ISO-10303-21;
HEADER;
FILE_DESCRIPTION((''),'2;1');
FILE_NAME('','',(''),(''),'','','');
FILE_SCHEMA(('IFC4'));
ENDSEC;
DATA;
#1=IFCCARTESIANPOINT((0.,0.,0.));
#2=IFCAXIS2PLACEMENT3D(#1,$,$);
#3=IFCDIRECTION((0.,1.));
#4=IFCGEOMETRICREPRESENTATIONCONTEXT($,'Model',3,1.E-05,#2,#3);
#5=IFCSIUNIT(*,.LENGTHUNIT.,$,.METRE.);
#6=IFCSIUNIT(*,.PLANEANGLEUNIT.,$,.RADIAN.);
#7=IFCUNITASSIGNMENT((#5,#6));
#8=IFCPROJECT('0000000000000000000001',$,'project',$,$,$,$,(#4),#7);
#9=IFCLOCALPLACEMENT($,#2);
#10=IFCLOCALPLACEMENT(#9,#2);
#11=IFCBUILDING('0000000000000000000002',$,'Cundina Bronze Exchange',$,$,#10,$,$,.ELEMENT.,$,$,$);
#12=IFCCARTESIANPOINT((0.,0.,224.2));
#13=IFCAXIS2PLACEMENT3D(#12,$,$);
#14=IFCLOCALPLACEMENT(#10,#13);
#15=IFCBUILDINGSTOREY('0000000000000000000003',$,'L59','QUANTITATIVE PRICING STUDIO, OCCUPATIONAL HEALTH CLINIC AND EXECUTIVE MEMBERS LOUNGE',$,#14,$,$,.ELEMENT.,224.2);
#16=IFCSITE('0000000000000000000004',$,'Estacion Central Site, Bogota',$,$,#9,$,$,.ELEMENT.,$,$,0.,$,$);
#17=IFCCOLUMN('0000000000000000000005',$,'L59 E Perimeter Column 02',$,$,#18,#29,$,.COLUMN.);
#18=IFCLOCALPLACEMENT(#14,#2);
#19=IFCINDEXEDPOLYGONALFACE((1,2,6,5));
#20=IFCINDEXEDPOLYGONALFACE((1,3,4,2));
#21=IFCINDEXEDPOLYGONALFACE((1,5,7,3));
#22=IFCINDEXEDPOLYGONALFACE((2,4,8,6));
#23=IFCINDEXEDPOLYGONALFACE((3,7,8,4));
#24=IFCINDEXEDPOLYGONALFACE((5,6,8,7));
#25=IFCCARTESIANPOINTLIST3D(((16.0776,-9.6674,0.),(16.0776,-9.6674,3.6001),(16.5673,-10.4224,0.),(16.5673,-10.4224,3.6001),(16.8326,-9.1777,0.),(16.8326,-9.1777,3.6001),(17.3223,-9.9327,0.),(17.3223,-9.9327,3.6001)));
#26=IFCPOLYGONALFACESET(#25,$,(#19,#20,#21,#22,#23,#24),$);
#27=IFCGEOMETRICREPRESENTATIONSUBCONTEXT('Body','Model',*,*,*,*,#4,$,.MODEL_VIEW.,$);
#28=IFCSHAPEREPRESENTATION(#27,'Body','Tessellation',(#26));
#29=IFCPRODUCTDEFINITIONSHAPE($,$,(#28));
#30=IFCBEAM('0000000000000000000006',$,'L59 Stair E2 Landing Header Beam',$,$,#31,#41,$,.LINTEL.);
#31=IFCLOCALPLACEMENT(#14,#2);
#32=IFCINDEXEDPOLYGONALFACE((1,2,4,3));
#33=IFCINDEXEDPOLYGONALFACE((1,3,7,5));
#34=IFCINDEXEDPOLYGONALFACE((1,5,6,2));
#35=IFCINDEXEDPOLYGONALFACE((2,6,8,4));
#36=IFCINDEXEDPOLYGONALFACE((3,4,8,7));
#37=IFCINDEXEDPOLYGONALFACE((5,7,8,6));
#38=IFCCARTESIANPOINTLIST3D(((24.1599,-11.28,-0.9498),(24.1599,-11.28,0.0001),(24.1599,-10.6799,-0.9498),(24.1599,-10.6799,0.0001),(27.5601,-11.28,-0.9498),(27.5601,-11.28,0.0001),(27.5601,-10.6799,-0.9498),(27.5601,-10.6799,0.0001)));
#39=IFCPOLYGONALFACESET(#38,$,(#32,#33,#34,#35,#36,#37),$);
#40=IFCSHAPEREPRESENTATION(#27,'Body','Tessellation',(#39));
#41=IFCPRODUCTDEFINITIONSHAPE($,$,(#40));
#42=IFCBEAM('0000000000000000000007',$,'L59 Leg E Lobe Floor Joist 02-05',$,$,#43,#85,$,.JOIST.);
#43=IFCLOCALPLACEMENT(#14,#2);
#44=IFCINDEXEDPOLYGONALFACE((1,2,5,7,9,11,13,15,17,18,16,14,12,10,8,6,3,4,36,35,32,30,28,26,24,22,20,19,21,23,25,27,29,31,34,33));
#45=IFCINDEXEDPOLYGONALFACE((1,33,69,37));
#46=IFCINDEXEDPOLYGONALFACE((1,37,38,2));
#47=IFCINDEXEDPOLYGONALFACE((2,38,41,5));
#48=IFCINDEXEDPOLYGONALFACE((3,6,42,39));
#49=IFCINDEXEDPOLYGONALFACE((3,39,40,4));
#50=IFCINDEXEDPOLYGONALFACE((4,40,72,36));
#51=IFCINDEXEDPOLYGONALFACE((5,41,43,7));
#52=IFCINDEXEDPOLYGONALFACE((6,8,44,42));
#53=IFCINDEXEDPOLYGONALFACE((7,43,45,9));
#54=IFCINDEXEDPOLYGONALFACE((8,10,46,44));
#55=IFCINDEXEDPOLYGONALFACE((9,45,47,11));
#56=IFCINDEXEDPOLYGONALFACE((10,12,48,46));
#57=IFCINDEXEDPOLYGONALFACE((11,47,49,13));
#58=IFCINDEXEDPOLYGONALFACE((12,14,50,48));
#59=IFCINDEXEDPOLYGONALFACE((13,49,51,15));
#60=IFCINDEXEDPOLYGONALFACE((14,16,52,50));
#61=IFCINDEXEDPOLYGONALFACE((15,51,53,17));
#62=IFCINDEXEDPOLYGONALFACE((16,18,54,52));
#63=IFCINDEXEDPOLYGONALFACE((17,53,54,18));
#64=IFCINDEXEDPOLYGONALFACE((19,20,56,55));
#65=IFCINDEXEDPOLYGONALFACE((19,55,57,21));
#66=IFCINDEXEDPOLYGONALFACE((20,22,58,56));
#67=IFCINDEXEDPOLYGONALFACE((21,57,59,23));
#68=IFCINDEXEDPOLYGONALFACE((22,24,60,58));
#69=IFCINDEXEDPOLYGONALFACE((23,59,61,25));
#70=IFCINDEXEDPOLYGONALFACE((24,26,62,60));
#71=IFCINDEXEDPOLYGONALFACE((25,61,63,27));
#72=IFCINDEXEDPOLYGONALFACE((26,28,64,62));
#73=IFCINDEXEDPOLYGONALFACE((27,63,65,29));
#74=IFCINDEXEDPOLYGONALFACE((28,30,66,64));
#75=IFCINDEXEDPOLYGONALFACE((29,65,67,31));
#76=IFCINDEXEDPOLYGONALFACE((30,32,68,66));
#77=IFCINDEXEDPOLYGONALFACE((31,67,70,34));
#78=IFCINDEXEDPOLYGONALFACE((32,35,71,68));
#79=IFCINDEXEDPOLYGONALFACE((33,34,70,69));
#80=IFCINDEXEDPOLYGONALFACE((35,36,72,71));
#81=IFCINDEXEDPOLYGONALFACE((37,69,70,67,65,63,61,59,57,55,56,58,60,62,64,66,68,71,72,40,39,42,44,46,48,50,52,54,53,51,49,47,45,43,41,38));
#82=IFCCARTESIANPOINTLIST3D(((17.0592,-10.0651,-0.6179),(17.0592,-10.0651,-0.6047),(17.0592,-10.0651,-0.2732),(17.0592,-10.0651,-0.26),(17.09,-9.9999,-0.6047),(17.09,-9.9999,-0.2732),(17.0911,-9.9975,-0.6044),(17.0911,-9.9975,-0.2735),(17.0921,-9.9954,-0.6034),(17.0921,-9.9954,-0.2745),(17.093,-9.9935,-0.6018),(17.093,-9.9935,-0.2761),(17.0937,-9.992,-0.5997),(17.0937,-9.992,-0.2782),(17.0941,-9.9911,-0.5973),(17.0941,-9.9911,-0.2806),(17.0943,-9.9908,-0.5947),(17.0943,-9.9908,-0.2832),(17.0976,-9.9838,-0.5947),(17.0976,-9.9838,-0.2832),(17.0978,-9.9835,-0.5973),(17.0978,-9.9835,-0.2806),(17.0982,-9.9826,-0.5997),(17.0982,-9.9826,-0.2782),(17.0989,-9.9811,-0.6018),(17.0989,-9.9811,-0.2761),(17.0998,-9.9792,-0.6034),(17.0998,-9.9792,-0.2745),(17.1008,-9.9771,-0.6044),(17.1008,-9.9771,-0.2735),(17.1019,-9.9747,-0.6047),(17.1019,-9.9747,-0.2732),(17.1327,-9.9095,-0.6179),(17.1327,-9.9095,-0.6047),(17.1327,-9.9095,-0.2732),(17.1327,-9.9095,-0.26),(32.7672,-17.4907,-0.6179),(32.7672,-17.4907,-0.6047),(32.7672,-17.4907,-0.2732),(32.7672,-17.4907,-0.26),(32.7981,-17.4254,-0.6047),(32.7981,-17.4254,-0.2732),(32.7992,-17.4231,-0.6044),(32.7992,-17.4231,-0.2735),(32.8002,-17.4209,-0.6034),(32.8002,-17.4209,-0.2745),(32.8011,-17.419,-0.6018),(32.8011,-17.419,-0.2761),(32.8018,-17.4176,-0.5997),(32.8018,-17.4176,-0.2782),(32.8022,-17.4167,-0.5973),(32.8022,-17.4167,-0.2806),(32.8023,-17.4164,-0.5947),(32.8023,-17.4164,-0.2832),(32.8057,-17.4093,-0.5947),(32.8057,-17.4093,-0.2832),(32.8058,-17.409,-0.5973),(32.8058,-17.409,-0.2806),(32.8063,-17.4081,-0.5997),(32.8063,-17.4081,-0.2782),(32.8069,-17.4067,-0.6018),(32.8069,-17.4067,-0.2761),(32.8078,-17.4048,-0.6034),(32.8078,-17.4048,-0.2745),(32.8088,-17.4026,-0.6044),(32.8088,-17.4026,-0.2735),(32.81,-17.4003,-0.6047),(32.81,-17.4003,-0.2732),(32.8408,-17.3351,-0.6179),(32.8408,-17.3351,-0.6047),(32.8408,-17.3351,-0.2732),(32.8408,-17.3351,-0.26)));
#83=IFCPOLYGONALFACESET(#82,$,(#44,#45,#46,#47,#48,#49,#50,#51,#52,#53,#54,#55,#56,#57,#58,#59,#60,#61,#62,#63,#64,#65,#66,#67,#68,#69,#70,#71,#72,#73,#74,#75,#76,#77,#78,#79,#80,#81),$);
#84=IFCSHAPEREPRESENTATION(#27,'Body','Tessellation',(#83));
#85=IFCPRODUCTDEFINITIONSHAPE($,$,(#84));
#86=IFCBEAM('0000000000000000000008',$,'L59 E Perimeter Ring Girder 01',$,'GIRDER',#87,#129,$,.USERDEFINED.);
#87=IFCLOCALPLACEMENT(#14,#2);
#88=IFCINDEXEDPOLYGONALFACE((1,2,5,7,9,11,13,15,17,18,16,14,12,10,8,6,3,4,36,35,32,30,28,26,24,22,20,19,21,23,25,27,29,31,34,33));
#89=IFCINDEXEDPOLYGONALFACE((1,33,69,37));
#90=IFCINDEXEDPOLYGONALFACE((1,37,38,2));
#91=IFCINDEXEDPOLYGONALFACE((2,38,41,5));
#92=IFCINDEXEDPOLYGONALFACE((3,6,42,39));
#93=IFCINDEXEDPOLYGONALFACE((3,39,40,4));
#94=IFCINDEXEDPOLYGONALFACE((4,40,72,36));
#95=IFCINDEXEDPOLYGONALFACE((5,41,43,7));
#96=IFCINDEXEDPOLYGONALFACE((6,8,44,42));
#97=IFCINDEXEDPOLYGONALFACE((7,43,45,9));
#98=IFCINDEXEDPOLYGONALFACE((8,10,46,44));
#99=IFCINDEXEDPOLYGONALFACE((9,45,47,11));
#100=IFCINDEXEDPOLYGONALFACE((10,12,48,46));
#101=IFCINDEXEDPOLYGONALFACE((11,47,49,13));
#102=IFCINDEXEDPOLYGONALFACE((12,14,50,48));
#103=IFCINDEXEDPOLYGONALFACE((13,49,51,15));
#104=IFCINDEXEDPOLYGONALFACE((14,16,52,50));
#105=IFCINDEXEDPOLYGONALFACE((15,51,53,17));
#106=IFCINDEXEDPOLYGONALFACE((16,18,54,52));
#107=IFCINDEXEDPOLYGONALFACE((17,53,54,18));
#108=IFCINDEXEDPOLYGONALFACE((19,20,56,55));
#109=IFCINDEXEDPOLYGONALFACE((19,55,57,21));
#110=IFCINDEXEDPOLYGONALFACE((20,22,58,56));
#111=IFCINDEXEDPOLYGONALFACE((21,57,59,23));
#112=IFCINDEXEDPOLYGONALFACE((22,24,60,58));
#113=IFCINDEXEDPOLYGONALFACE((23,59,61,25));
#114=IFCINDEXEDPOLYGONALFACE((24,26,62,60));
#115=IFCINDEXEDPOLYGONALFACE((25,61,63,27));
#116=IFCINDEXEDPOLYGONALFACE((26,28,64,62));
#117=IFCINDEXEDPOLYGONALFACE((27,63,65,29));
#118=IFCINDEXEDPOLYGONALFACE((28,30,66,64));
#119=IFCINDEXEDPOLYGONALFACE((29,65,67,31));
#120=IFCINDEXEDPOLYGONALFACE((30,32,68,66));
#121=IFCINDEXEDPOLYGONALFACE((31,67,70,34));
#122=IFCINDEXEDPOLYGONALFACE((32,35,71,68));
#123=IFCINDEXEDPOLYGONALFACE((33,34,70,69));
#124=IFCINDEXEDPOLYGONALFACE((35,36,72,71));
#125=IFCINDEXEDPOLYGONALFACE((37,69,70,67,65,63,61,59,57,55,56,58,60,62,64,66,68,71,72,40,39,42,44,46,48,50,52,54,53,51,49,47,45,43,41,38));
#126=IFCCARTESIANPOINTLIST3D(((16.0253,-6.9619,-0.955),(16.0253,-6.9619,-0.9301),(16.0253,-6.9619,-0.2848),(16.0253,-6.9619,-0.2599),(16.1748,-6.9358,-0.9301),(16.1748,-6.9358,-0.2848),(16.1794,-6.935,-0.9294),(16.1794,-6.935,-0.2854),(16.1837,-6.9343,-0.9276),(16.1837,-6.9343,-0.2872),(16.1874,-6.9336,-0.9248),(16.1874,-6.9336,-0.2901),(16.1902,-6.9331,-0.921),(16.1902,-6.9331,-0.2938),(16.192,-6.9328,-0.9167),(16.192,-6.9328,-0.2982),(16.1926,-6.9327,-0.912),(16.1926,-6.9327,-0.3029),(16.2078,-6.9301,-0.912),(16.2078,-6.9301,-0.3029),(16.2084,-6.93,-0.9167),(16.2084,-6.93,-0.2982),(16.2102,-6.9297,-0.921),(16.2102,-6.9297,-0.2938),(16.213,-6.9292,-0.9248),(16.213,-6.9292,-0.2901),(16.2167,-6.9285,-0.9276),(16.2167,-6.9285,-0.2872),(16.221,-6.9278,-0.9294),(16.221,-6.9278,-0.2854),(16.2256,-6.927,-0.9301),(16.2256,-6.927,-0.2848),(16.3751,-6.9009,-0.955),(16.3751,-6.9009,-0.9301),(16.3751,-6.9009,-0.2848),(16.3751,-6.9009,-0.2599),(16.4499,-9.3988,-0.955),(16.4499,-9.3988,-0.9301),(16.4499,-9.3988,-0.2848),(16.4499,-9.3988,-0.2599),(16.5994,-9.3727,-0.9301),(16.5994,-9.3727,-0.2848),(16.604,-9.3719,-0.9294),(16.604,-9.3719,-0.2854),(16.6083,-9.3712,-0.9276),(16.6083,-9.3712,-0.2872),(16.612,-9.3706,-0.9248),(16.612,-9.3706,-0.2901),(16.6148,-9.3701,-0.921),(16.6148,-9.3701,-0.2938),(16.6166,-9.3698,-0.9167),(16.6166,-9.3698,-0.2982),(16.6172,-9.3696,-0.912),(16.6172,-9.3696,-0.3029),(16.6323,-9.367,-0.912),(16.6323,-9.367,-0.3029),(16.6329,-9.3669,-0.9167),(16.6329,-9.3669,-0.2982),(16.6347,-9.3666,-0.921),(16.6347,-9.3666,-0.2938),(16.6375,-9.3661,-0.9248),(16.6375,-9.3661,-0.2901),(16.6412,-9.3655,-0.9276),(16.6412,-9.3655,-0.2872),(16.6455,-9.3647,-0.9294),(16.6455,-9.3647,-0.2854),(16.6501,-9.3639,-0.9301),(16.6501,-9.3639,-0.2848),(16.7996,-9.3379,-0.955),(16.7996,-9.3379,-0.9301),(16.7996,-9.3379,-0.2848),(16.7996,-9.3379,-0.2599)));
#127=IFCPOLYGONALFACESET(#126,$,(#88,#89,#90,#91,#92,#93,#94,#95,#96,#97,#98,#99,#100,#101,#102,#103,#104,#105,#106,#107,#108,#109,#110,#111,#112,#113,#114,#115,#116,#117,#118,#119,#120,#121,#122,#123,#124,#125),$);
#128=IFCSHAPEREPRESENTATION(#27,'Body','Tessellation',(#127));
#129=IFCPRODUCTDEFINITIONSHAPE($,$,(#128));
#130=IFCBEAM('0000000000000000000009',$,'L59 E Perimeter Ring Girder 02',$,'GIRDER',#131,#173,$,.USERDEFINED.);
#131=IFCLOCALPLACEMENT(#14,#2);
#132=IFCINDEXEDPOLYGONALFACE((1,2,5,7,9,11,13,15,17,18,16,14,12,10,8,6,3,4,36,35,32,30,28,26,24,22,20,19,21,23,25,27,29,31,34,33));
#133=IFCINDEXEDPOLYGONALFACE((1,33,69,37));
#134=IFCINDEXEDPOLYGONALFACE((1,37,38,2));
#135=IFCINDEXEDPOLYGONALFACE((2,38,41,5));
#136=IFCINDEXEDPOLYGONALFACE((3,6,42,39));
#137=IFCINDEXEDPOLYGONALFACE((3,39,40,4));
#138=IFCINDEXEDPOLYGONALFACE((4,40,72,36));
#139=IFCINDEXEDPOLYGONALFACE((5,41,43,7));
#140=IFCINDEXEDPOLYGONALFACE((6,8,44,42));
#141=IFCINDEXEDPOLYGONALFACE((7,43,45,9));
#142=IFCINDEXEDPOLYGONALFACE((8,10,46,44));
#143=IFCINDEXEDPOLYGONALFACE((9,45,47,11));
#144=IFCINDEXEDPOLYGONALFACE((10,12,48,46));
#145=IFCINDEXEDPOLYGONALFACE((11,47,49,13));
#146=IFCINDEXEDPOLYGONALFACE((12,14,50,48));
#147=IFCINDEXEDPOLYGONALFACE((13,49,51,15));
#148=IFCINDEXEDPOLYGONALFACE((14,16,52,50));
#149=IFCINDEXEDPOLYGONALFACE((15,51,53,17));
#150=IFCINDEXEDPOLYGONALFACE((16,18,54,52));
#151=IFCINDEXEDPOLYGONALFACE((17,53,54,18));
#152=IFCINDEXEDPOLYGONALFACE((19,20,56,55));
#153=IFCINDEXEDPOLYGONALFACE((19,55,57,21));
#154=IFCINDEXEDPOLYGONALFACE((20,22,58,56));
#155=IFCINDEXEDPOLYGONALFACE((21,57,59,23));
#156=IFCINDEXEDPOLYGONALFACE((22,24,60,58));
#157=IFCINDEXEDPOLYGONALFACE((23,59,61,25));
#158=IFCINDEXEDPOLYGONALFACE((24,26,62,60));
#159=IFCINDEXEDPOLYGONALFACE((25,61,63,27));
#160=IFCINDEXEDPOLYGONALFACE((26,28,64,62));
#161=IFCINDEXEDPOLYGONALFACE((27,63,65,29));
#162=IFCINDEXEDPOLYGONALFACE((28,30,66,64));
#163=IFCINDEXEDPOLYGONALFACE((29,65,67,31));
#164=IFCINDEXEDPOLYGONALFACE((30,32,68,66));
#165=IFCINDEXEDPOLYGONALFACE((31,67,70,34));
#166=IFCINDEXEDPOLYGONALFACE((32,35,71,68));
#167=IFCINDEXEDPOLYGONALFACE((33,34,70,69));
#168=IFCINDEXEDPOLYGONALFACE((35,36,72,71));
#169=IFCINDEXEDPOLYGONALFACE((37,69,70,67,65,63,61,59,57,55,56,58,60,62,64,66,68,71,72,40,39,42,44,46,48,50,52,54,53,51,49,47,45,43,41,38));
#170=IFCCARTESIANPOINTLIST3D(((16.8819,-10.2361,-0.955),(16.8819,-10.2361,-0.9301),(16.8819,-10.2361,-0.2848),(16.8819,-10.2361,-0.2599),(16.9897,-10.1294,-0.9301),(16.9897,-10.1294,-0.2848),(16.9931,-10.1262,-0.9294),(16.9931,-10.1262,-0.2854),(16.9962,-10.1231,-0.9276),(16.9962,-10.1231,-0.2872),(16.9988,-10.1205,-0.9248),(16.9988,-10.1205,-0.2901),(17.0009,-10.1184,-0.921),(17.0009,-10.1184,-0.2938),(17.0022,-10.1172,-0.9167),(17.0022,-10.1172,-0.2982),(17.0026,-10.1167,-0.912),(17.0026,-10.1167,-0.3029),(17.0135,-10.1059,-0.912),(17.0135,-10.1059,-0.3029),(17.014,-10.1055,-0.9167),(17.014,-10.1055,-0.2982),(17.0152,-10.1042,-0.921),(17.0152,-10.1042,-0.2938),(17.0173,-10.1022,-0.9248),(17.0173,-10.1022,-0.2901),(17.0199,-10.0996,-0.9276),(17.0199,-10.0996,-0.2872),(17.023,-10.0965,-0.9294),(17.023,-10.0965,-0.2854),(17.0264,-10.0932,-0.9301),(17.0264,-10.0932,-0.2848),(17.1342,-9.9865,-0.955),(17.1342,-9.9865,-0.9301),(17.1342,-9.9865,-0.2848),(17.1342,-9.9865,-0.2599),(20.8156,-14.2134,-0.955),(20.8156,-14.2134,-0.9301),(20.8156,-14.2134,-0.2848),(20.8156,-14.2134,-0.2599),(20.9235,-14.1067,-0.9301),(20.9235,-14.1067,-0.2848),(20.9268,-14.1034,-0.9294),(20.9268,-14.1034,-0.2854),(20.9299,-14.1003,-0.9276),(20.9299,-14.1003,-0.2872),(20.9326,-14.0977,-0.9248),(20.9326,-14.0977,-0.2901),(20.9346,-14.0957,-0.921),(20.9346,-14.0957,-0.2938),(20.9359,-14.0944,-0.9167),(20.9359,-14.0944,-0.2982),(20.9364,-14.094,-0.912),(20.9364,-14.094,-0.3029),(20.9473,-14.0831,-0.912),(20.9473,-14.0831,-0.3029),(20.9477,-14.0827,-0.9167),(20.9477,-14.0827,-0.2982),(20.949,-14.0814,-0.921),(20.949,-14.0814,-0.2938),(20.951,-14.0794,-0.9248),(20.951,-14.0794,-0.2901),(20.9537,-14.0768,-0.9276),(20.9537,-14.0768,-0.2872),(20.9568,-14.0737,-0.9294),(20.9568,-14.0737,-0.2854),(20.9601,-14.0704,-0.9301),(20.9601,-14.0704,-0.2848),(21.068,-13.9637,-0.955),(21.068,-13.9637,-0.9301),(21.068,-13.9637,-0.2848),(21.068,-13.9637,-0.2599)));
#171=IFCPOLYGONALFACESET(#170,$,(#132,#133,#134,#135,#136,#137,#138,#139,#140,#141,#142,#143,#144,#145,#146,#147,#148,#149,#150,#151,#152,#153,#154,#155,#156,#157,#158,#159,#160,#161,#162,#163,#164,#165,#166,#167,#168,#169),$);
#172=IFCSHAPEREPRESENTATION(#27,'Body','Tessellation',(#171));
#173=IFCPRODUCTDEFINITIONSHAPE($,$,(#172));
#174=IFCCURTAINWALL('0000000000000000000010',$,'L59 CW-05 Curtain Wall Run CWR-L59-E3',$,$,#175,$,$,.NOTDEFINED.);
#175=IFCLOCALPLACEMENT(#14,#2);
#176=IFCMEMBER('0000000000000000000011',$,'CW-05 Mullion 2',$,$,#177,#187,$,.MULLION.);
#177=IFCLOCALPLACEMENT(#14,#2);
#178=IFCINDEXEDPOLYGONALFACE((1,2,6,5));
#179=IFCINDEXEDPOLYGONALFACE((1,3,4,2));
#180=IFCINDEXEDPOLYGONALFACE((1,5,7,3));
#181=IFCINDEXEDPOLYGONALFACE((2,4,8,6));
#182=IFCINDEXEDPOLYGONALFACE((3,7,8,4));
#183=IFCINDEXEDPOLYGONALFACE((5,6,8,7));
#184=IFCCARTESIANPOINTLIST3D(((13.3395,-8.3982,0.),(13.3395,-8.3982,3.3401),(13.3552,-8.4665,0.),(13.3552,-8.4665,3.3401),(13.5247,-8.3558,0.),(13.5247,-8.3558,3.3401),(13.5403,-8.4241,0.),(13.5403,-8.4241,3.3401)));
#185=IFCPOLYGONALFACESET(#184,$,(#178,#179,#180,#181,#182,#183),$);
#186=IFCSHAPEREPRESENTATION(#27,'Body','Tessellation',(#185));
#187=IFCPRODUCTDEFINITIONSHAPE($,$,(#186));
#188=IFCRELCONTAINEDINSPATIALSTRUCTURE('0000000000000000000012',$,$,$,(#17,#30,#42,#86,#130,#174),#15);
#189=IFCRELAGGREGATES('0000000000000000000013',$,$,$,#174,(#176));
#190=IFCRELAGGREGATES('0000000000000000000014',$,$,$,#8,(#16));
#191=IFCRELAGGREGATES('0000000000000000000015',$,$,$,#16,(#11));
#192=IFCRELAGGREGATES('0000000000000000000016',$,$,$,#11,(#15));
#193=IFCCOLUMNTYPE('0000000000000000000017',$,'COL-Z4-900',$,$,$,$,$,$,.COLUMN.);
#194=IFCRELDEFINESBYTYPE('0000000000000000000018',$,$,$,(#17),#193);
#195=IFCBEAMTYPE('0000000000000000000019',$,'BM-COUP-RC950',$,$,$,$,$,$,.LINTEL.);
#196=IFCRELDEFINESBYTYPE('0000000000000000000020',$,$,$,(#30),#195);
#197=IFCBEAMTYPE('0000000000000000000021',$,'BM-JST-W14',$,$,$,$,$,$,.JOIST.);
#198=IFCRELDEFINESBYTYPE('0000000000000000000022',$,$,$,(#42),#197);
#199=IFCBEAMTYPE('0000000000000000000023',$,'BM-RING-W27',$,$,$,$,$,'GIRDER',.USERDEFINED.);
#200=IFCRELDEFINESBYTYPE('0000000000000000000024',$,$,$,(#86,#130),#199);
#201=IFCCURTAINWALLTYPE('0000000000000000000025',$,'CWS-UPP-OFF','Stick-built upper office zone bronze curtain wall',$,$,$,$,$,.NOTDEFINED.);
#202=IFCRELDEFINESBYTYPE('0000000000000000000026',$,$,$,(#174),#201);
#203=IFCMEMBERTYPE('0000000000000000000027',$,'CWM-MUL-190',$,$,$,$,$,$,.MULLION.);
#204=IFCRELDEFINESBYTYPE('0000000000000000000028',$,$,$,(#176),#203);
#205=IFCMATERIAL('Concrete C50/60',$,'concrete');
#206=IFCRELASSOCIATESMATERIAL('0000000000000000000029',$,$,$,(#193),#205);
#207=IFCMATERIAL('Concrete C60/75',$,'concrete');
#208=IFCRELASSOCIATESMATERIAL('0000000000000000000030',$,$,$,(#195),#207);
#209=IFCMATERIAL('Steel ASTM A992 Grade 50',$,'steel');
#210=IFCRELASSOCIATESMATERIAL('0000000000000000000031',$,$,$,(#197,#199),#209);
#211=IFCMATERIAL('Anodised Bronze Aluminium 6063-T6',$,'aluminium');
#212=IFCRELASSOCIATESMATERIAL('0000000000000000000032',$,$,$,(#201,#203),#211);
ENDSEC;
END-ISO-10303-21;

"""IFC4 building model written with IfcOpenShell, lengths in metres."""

from ifc_helpers import new_model, si_unit, direction, frame, origin, origin_2d, place, context, subcontext, project, spatial, rectangle, i_section, extrude, material, material_profile, profile_set, type_object, element, aggregate, save


model = new_model("IFC4")

# Units and contexts
model_context = context("Model", 3, precision=1e-05, world=origin(), true_north=direction((0.0, 1.0)))
body_context = subcontext(model_context, "Body", "Model", "MODEL_VIEW")
ifc_project = project(units=[si_unit("LENGTHUNIT", "METRE"), si_unit("PLANEANGLEUNIT", "RADIAN")], contexts=[model_context])

# Site, building, storey
site_placement = place(None, origin())
site = spatial("IfcSite", under=ifc_project, at=site_placement, Name="Estacion Central Site, Bogota", CompositionType="ELEMENT", RefElevation=0.0)
building_placement = place(site_placement, origin())
building = spatial("IfcBuilding", under=site, at=building_placement, Name="Cundina Bronze Exchange", CompositionType="ELEMENT")
storey_placement = place(building_placement, frame((0.0, 0.0, 224.2)))
storey = spatial("IfcBuildingStorey", under=building, at=storey_placement, Name="L59", Description="QUANTITATIVE PRICING STUDIO, OCCUPATIONAL HEALTH CLINIC AND EXECUTIVE MEMBERS LOUNGE", CompositionType="ELEMENT", Elevation=224.2)

# Column
ifc_material_1 = material(Name="Concrete C50/60", Category="concrete")
ifc_material_profile_1 = material_profile(ifc_material_1, rectangle(XDim=0.8999, YDim=0.8999, at=origin_2d()), Name="RC900X900", Category="concrete")
ifc_profile_set_1 = profile_set([ifc_material_profile_1], Name="Concrete C50/60")
column_type = type_object("IfcColumnType", Name="COL-Z4-900", PredefinedType="COLUMN", material=ifc_profile_set_1)
column_placement = place(storey_placement, frame((16.7, -9.8, 0.0), z_axis=(0.0, 0.0, 1.0), x_axis=(0.5442, -0.838956, 0.0)))
element("IfcColumn", 1, at=column_placement, inside=storey, type_object=column_type, Name="L59 E Perimeter Column 02", PredefinedType="COLUMN", context=body_context, shape_type="SweptSolid", body=[
    extrude(rectangle(XDim=0.8999, YDim=0.8999, at=origin_2d()), origin(), (0.0, 0.0, 1.0), 3.6001),
])

# Beams
ifc_material_2 = material(Name="Concrete C60/75", Category="concrete")
ifc_material_profile_2 = material_profile(ifc_material_2, rectangle(XDim=0.6001, YDim=0.95, at=origin_2d()), Name="RC600X950", Category="concrete")
ifc_profile_set_2 = profile_set([ifc_material_profile_2], Name="Concrete C60/75")
beam_type_1 = type_object("IfcBeamType", Name="BM-COUP-RC950", PredefinedType="LINTEL", material=ifc_profile_set_2)
beam_1_placement = place(storey_placement, frame((24.1599, -10.98, -0.4749), z_axis=(1.0, 0.0, 0.0), x_axis=(0.0, 1.0, 0.0)))
element("IfcBeam", 2, at=beam_1_placement, inside=storey, type_object=beam_type_1, Name="L59 Stair E2 Landing Header Beam", PredefinedType="LINTEL", context=body_context, shape_type="SweptSolid", body=[
    extrude(rectangle(XDim=0.6001, YDim=0.95, at=origin_2d()), origin(), (0.0, 0.0, 1.0), 3.4001),
])
ifc_material_3 = material(Name="Steel ASTM A992 Grade 50", Category="steel")
ifc_material_profile_3 = material_profile(ifc_material_3, i_section(OverallWidth=0.1721, OverallDepth=0.3579, WebThickness=0.0078, FlangeThickness=0.0132, FilletRadius=0.01, at=origin_2d()), Name="W14X38", Category="steel")
ifc_profile_set_3 = profile_set([ifc_material_profile_3], Name="Steel ASTM A992 Grade 50")
beam_type_2 = type_object("IfcBeamType", Name="BM-JST-W14", PredefinedType="JOIST", material=ifc_profile_set_3)
beam_2_placement = place(storey_placement, frame((17.0959, -9.9873, -0.439), z_axis=(0.904074, -0.427376, 0.0), x_axis=(0.427376, 0.904074, 0.0)))
element("IfcBeam", 3, at=beam_2_placement, inside=storey, type_object=beam_type_2, Name="L59 Leg E Lobe Floor Joist 02-05", PredefinedType="JOIST", context=body_context, shape_type="SweptSolid", body=[
    extrude(i_section(OverallWidth=0.1721, OverallDepth=0.3579, WebThickness=0.0078, FlangeThickness=0.0132, FilletRadius=0.01, at=origin_2d()), origin(), (0.0, 0.0, 1.0), 17.3748),
])
ifc_material_profile_4 = material_profile(ifc_material_3, i_section(OverallWidth=0.355, OverallDepth=0.6951, WebThickness=0.0154, FlangeThickness=0.0249, FilletRadius=0.0181, at=origin_2d()), Name="W27X146", Category="steel")
ifc_profile_set_4 = profile_set([ifc_material_profile_4], Name="Steel ASTM A992 Grade 50")
beam_type_3 = type_object("IfcBeamType", Name="BM-RING-W27", ElementType="GIRDER", PredefinedType="USERDEFINED", material=ifc_profile_set_4)
beam_3_placement = place(storey_placement, frame((16.2002, -6.9314, -0.6074), z_axis=(0.171629, -0.985162, 0.0), x_axis=(0.985162, 0.171629, 0.0)))
element("IfcBeam", 4, at=beam_3_placement, inside=storey, type_object=beam_type_3, Name="L59 E Perimeter Ring Girder 01", ObjectType="GIRDER", PredefinedType="USERDEFINED", context=body_context, shape_type="SweptSolid", body=[
    extrude(i_section(OverallWidth=0.355, OverallDepth=0.6951, WebThickness=0.0154, FlangeThickness=0.0249, FilletRadius=0.0181, at=origin_2d()), origin(), (0.0, 0.0, 1.0), 2.4736),
])
beam_4_placement = place(storey_placement, frame((17.0081, -10.1113, -0.6074), z_axis=(0.703212, -0.71098, 0.0), x_axis=(0.71098, 0.703212, 0.0)))
element("IfcBeam", 5, at=beam_4_placement, inside=storey, type_object=beam_type_3, Name="L59 E Perimeter Ring Girder 02", ObjectType="GIRDER", PredefinedType="USERDEFINED", context=body_context, shape_type="SweptSolid", body=[
    extrude(i_section(OverallWidth=0.355, OverallDepth=0.6951, WebThickness=0.0154, FlangeThickness=0.0249, FilletRadius=0.0181, at=origin_2d()), origin(), (0.0, 0.0, 1.0), 5.594),
])

# Curtain wall, member
ifc_material_4 = material(Name="Anodised Bronze Aluminium 6063-T6", Category="aluminium")
curtain_wall_type = type_object("IfcCurtainWallType", Name="CWS-UPP-OFF", Description="Stick-built upper office zone bronze curtain wall", PredefinedType="NOTDEFINED", material=ifc_material_4)
curtain_wall_placement = place(storey_placement, origin())
curtain_wall = element("IfcCurtainWall", 6, at=curtain_wall_placement, inside=storey, type_object=curtain_wall_type, Name="L59 CW-05 Curtain Wall Run CWR-L59-E3", PredefinedType="NOTDEFINED")
ifc_material_profile_5 = material_profile(ifc_material_4, rectangle(XDim=0.0701, YDim=0.1899, at=origin_2d()), Name="AL70X190", Category="aluminium")
ifc_profile_set_5 = profile_set([ifc_material_profile_5], Name="Anodised Bronze Aluminium 6063-T6")
member_type_1 = type_object("IfcMemberType", Name="CWM-MUL-190", PredefinedType="MULLION", material=ifc_profile_set_5)
member_1_placement = place(storey_placement, frame((13.4399, -8.4111, 0.0), z_axis=(0.0, 0.0, 1.0), x_axis=(0.22325, -0.974761, 0.0)))
member_1 = element("IfcMember", 7, at=member_1_placement, type_object=member_type_1, Name="CW-05 Mullion 2", PredefinedType="MULLION", context=body_context, shape_type="SweptSolid", body=[
    extrude(rectangle(XDim=0.0701, YDim=0.1899, at=origin_2d()), origin(), (0.0, 0.0, 1.0), 3.3401),
])
aggregate(curtain_wall, [member_1])

save(model, "model.ifc")
